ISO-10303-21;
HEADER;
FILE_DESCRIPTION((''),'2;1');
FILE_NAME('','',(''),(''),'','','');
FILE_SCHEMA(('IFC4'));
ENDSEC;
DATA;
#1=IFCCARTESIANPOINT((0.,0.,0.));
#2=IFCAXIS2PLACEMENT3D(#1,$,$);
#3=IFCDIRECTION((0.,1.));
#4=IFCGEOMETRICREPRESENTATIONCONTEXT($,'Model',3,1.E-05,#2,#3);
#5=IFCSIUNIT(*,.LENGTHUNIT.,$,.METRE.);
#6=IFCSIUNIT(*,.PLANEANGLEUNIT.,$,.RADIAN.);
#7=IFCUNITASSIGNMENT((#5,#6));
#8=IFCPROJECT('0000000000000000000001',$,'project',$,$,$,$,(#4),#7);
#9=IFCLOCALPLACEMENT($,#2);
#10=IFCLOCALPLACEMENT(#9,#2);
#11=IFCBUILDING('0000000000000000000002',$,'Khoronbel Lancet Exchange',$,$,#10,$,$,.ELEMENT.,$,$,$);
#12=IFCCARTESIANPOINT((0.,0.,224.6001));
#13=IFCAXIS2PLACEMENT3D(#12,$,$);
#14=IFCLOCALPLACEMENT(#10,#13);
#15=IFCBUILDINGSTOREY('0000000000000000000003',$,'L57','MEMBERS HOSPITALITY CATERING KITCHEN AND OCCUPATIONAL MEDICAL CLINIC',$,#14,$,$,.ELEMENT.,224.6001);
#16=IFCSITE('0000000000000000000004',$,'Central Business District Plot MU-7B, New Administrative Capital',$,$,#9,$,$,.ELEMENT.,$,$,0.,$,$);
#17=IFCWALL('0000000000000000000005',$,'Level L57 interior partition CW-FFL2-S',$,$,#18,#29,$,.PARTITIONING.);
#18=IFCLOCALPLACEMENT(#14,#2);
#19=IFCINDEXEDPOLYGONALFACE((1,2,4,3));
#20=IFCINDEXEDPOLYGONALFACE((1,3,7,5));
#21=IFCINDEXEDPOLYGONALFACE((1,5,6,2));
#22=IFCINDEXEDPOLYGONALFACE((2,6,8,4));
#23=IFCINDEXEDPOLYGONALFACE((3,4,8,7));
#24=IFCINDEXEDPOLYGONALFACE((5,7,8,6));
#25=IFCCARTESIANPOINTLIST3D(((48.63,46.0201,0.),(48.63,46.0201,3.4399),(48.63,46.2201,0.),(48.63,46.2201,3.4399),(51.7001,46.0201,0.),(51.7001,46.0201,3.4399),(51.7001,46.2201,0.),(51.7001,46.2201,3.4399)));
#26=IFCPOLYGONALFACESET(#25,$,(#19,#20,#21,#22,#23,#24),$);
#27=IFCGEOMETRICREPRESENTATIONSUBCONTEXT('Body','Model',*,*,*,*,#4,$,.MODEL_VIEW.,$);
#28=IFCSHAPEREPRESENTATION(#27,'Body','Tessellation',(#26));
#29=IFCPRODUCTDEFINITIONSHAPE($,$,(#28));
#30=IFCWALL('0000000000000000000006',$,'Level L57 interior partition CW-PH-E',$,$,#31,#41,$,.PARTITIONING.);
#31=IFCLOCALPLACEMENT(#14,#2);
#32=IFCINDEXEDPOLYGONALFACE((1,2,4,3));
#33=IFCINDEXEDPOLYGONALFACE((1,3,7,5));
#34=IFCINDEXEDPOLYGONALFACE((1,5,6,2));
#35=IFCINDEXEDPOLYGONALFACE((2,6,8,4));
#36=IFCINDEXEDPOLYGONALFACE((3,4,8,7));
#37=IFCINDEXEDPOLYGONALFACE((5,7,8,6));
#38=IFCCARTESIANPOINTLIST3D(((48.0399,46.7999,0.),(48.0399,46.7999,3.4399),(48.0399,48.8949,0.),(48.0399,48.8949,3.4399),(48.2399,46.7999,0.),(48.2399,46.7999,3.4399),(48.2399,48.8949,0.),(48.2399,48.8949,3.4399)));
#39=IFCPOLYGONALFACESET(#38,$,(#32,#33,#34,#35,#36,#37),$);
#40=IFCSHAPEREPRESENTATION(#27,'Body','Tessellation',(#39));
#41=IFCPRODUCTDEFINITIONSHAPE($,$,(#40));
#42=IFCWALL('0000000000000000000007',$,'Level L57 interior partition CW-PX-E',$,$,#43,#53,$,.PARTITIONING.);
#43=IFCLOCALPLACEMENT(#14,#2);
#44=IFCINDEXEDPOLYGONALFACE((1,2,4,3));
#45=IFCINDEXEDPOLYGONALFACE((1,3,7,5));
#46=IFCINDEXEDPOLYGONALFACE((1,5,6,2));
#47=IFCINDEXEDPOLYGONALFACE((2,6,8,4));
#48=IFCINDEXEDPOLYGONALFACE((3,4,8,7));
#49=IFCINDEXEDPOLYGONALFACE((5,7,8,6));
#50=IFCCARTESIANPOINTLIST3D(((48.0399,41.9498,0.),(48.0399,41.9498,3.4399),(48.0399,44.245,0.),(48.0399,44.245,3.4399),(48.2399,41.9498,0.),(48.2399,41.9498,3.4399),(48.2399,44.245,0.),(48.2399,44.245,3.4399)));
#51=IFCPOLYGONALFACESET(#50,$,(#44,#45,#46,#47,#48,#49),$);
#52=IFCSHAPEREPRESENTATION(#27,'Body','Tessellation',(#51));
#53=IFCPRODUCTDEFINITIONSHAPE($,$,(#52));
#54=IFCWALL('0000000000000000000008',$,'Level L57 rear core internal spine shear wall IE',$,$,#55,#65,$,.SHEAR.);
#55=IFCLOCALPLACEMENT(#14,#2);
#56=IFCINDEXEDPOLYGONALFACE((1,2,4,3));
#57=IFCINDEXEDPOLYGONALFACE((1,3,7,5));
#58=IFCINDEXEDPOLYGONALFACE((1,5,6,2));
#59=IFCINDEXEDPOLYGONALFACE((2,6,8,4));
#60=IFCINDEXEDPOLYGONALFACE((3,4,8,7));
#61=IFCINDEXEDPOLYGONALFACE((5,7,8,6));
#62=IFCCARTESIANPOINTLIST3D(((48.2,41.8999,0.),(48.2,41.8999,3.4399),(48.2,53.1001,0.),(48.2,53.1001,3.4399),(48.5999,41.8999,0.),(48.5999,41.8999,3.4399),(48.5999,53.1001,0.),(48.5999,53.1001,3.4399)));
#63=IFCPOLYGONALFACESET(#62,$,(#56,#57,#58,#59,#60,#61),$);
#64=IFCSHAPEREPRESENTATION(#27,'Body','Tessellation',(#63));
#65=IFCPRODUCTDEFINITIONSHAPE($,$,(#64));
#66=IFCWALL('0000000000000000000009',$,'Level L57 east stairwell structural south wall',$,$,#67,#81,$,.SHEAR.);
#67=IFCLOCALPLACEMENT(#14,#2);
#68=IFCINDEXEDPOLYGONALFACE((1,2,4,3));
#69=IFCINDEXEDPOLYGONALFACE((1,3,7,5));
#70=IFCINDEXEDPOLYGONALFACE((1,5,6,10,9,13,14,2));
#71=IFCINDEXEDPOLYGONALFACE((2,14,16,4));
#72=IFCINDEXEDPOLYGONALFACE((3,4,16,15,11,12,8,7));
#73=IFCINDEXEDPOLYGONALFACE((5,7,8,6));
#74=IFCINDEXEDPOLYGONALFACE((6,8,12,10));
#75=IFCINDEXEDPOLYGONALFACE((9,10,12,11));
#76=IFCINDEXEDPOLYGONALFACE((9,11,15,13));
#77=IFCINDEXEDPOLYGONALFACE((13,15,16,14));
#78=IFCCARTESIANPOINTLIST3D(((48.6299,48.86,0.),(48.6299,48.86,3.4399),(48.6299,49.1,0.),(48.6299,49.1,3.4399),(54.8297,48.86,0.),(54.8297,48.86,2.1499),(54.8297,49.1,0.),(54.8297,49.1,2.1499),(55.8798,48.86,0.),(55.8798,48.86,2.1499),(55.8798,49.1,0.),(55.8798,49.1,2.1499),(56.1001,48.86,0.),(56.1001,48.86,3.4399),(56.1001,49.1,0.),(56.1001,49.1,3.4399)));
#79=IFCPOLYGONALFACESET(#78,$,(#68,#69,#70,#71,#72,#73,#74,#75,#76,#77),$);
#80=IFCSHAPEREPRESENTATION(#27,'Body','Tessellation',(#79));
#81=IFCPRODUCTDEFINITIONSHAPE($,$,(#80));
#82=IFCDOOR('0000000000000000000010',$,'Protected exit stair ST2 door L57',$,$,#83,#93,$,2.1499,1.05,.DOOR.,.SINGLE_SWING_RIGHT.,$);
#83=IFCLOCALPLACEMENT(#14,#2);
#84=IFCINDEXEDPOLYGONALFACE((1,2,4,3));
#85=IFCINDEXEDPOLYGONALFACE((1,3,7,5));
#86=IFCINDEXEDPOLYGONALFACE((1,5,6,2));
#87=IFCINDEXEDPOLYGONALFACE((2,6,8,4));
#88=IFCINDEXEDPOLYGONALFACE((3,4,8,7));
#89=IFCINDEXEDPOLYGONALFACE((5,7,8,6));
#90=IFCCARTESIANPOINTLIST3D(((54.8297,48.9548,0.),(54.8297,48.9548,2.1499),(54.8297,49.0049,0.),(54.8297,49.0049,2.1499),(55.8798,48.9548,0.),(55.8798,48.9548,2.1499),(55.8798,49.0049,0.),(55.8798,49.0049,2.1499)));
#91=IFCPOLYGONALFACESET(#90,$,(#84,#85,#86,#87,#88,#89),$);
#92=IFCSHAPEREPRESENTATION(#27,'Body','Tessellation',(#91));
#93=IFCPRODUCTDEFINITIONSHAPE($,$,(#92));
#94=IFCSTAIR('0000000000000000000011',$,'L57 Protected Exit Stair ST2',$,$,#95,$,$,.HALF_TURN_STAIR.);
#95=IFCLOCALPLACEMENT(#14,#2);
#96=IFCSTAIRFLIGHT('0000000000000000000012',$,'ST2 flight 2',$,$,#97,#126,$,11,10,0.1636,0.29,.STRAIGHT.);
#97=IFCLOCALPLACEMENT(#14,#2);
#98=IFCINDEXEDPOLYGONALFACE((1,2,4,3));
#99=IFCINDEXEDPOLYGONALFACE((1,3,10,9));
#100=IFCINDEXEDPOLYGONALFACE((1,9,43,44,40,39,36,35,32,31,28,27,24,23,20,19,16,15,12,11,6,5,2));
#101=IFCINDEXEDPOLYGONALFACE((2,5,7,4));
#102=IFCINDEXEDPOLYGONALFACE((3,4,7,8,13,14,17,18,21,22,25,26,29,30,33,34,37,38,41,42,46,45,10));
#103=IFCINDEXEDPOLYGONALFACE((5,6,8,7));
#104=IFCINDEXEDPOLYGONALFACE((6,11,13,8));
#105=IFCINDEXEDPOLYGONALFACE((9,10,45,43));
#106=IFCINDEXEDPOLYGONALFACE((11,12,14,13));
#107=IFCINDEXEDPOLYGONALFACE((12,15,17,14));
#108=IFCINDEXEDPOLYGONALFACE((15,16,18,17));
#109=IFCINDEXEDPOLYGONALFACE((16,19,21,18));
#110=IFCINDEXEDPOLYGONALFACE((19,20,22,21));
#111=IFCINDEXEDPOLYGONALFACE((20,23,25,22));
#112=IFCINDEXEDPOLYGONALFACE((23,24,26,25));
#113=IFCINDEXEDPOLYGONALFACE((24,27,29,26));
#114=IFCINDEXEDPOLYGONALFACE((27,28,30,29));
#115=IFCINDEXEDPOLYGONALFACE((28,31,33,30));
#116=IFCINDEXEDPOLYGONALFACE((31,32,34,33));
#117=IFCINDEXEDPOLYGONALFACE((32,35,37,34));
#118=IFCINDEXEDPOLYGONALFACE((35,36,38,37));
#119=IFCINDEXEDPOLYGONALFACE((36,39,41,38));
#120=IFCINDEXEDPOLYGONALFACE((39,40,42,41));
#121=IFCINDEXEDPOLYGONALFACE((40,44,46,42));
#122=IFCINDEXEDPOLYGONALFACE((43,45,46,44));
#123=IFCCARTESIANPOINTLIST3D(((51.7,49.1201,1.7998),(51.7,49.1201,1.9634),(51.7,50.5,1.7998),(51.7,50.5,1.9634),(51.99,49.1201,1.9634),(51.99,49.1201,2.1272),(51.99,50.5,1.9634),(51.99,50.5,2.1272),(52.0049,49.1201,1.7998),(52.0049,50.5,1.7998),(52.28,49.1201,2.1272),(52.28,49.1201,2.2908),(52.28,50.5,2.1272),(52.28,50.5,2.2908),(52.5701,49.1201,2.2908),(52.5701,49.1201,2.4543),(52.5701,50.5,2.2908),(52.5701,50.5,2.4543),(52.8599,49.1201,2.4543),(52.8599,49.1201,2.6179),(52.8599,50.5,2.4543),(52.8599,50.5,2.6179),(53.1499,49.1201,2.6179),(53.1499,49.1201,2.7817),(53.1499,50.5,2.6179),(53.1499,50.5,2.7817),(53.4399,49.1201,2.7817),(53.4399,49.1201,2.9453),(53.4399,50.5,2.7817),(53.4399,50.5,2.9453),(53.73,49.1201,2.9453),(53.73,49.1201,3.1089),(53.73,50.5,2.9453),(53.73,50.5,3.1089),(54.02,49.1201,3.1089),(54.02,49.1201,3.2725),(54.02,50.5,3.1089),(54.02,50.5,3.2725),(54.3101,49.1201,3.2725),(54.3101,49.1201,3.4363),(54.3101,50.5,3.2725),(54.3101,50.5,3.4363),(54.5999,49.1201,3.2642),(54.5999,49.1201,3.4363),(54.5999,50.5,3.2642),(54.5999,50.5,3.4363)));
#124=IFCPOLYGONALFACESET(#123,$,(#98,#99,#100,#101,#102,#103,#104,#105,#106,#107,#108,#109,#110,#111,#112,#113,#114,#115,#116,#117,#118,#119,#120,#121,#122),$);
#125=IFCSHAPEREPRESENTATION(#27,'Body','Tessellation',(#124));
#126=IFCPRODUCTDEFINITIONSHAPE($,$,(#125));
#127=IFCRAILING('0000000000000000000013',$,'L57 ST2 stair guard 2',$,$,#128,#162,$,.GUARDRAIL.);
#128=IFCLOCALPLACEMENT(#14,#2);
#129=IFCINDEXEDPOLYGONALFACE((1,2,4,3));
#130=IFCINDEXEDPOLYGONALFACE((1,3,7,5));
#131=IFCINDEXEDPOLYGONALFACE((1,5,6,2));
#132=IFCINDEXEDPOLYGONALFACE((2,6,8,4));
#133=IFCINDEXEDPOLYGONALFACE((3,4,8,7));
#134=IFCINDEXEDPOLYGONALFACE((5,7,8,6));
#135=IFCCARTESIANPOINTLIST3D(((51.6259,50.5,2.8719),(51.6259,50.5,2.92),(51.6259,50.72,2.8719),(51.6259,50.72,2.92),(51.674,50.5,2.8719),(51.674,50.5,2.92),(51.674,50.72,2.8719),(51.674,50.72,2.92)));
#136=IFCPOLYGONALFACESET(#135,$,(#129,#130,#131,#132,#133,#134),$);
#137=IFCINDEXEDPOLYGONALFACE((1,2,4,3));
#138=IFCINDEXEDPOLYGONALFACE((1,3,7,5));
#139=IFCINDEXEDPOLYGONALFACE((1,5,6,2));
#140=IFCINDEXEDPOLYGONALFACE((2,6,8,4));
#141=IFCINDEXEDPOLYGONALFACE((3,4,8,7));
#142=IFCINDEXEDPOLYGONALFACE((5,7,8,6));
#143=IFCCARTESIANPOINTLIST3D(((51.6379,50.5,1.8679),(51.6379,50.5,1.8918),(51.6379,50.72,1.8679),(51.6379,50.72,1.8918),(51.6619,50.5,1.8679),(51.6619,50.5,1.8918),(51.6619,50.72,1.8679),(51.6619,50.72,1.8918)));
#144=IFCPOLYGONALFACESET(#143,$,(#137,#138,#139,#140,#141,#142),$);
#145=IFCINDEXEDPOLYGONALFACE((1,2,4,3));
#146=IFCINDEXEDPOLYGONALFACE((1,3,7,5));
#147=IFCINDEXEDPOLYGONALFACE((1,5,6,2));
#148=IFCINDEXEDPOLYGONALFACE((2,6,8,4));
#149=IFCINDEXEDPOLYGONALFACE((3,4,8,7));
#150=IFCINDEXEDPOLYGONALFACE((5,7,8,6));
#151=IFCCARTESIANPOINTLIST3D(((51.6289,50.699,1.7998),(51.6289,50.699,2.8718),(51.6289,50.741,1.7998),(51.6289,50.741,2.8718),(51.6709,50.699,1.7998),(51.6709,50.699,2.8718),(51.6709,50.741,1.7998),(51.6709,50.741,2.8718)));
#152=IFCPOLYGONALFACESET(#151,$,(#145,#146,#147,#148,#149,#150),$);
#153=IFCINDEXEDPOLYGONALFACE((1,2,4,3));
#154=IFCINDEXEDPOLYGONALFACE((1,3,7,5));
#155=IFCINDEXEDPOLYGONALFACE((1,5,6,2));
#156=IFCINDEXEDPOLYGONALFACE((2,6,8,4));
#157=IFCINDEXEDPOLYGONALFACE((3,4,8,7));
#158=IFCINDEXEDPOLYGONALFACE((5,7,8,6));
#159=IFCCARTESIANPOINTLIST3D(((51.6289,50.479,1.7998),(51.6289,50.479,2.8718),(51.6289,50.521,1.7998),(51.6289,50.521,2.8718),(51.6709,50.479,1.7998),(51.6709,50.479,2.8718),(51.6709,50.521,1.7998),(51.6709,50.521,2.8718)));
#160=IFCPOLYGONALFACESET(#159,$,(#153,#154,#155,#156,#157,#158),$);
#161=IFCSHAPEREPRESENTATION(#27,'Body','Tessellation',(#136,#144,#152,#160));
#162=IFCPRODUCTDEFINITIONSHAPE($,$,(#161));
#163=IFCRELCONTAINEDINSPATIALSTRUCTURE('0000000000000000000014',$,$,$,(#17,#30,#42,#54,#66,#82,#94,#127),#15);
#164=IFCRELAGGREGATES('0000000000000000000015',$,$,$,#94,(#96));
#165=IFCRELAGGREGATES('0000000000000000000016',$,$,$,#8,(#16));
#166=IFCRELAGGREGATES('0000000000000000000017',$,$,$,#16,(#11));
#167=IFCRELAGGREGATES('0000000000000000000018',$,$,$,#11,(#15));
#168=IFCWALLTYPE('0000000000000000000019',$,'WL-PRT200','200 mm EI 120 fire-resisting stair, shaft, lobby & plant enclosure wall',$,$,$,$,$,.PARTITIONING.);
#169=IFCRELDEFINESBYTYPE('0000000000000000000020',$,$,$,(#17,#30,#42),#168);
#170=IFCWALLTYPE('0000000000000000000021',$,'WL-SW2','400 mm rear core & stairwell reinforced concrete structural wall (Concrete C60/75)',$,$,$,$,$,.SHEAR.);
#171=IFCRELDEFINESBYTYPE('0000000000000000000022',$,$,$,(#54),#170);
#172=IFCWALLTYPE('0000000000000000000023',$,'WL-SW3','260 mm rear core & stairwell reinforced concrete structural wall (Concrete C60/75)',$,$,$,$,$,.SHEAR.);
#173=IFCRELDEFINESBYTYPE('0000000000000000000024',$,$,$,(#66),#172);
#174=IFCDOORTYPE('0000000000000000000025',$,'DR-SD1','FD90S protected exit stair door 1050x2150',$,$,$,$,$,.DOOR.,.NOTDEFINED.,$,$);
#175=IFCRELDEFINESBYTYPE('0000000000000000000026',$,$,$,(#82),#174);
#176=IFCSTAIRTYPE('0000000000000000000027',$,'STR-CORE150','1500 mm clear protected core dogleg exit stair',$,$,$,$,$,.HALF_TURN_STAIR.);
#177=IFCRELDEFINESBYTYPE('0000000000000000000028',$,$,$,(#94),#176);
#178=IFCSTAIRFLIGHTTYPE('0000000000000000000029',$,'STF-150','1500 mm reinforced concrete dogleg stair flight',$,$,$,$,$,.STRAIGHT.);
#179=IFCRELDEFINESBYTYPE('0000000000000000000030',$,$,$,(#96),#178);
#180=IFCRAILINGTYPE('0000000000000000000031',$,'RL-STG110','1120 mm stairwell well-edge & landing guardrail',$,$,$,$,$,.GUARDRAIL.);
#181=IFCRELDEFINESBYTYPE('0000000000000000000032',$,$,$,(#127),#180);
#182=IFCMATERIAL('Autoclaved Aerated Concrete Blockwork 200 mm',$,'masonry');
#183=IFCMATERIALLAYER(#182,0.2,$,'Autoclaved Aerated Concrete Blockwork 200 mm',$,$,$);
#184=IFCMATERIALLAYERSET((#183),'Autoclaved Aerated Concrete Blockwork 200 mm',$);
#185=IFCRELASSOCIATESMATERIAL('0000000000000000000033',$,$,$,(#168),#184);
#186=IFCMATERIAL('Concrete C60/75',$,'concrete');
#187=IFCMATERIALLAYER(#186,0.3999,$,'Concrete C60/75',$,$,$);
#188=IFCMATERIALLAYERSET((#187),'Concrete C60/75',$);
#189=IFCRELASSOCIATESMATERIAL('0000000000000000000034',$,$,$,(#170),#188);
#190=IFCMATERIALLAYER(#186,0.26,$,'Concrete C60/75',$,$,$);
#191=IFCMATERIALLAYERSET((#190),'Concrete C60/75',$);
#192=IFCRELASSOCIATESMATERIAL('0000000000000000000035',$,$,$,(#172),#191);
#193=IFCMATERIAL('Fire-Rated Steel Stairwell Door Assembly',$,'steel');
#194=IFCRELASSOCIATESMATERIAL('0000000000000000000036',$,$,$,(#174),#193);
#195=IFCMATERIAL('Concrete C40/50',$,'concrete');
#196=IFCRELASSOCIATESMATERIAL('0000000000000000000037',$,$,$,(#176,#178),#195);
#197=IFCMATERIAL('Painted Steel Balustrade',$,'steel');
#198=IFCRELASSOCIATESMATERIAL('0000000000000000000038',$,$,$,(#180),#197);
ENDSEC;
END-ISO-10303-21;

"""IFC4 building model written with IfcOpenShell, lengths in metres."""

from ifc_helpers import new_model, si_unit, direction, frame, frame_2d, origin, origin_2d, place, context, subcontext, project, spatial, polyline, rectangle, outline, extrude, material, layer, layer_set, type_object, element, fill, aggregate, save


model = new_model("IFC4")

# Units and contexts
model_context = context("Model", 3, precision=1e-05, world=origin(), true_north=direction((0.0, 1.0)))
body_context = subcontext(model_context, "Body", "Model", "MODEL_VIEW")
ifc_project = project(units=[si_unit("LENGTHUNIT", "METRE"), si_unit("PLANEANGLEUNIT", "RADIAN")], contexts=[model_context])

# Site, building, storey
site_placement = place(None, origin())
site = spatial("IfcSite", under=ifc_project, at=site_placement, Name="Central Business District Plot MU-7B, New Administrative Capital", CompositionType="ELEMENT", RefElevation=0.0)
building_placement = place(site_placement, origin())
building = spatial("IfcBuilding", under=site, at=building_placement, Name="Khoronbel Lancet Exchange", CompositionType="ELEMENT")
storey_placement = place(building_placement, frame((0.0, 0.0, 224.6001)))
storey = spatial("IfcBuildingStorey", under=building, at=storey_placement, Name="L57", Description="MEMBERS HOSPITALITY CATERING KITCHEN AND OCCUPATIONAL MEDICAL CLINIC", CompositionType="ELEMENT", Elevation=224.6001)

# Shared definitions
ifc_material_1 = material(Name="Autoclaved Aerated Concrete Blockwork 200 mm", Category="masonry")
ifc_layer_1 = layer(ifc_material_1, 0.2, Name="Autoclaved Aerated Concrete Blockwork 200 mm")
ifc_layer_set_1 = layer_set([ifc_layer_1], Name="Autoclaved Aerated Concrete Blockwork 200 mm")
wall_type_1 = type_object("IfcWallType", Name="WL-PRT200", Description="200 mm EI 120 fire-resisting stair, shaft, lobby & plant enclosure wall", PredefinedType="PARTITIONING", material=ifc_layer_set_1)

# Walls
wall_1_placement = place(storey_placement, frame((48.6299, 46.1201, 0.0), z_axis=(0.0, 0.0, 1.0), x_axis=(1.0, 0.0, 0.0)))
element("IfcWall", 1, at=wall_1_placement, inside=storey, type_object=wall_type_1, Name="Level L57 interior partition CW-FFL2-S", PredefinedType="PARTITIONING", context=body_context, shape_type="SweptSolid", body=[
    extrude(rectangle(XDim=3.0701, YDim=0.2, at=frame_2d((1.5352, 0.0))), origin(), (0.0, 0.0, 1.0), 3.4399),
])
wall_2_placement = place(storey_placement, frame((48.1399, 46.8, 0.0), z_axis=(0.0, 0.0, 1.0), x_axis=(0.0, 1.0, 0.0)))
element("IfcWall", 2, at=wall_2_placement, inside=storey, type_object=wall_type_1, Name="Level L57 interior partition CW-PH-E", PredefinedType="PARTITIONING", context=body_context, shape_type="SweptSolid", body=[
    extrude(rectangle(XDim=2.095, YDim=0.2, at=frame_2d((1.0474, 0.0))), origin(), (0.0, 0.0, 1.0), 3.4399),
])
wall_3_placement = place(storey_placement, frame((48.1399, 41.95, 0.0), z_axis=(0.0, 0.0, 1.0), x_axis=(0.0, 1.0, 0.0)))
element("IfcWall", 3, at=wall_3_placement, inside=storey, type_object=wall_type_1, Name="Level L57 interior partition CW-PX-E", PredefinedType="PARTITIONING", context=body_context, shape_type="SweptSolid", body=[
    extrude(rectangle(XDim=2.2952, YDim=0.2, at=frame_2d((1.1475, 0.0))), origin(), (0.0, 0.0, 1.0), 3.4399),
])
ifc_material_2 = material(Name="Concrete C60/75", Category="concrete")
ifc_layer_2 = layer(ifc_material_2, 0.3999, Name="Concrete C60/75")
ifc_layer_set_2 = layer_set([ifc_layer_2], Name="Concrete C60/75")
wall_type_2 = type_object("IfcWallType", Name="WL-SW2", Description="400 mm rear core & stairwell reinforced concrete structural wall (Concrete C60/75)", PredefinedType="SHEAR", material=ifc_layer_set_2)
wall_4_placement = place(storey_placement, frame((48.3999, 41.8999, 0.0), z_axis=(0.0, 0.0, 1.0), x_axis=(0.0, 1.0, 0.0)))
element("IfcWall", 4, at=wall_4_placement, inside=storey, type_object=wall_type_2, Name="Level L57 rear core internal spine shear wall IE", PredefinedType="SHEAR", context=body_context, shape_type="SweptSolid", body=[
    extrude(rectangle(XDim=11.2002, YDim=0.3999, at=frame_2d((5.6001, 0.0))), origin(), (0.0, 0.0, 1.0), 3.4399),
])

# Wall, opening, door
ifc_layer_3 = layer(ifc_material_2, 0.26, Name="Concrete C60/75")
ifc_layer_set_3 = layer_set([ifc_layer_3], Name="Concrete C60/75")
wall_type_3 = type_object("IfcWallType", Name="WL-SW3", Description="260 mm rear core & stairwell reinforced concrete structural wall (Concrete C60/75)", PredefinedType="SHEAR", material=ifc_layer_set_3)
wall_5_placement = place(storey_placement, frame((48.6299, 48.98, 0.0), z_axis=(0.0, 0.0, 1.0), x_axis=(1.0, 0.0, 0.0)))
wall_5 = element("IfcWall", 5, at=wall_5_placement, inside=storey, type_object=wall_type_3, Name="Level L57 east stairwell structural south wall", PredefinedType="SHEAR", context=body_context, shape_type="SweptSolid", body=[
    extrude(rectangle(XDim=7.4702, YDim=0.24, at=frame_2d((3.7351, 0.0))), origin(), (0.0, 0.0, 1.0), 3.4399),
])
opening_1_placement = place(wall_5_placement, frame((6.2, 0.0, 0.0)))
opening_1 = element("IfcOpeningElement", 6, at=opening_1_placement, cuts=wall_5, PredefinedType="OPENING", context=body_context, shape_type="SweptSolid", body=[
    extrude(rectangle(XDim=1.05, YDim=2.1499, at=frame_2d((0.5249, 1.075))), frame((0.0, 0.1299, 0.0), z_axis=(0.0, -1.0, 0.0), x_axis=(1.0, 0.0, 0.0)), (0.0, 0.0, 1.0), 0.26),
])
ifc_material_3 = material(Name="Fire-Rated Steel Stairwell Door Assembly", Category="steel")
door_type_1 = type_object("IfcDoorType", Name="DR-SD1", Description="FD90S protected exit stair door 1050x2150", OperationType="NOTDEFINED", PredefinedType="DOOR", material=ifc_material_3)
door_1_placement = place(opening_1_placement, origin())
door_1 = element("IfcDoor", 7, at=door_1_placement, inside=storey, type_object=door_type_1, Name="Protected exit stair ST2 door L57", OperationType="SINGLE_SWING_RIGHT", OverallHeight=2.1499, OverallWidth=1.05, PredefinedType="DOOR", context=body_context, shape_type="SweptSolid", body=[
    extrude(rectangle(XDim=1.05, YDim=2.1499, at=frame_2d((0.5249, 1.075))), frame((0.0, 0.0249, 0.0), z_axis=(0.0, -1.0, 0.0), x_axis=(1.0, 0.0, 0.0)), (0.0, 0.0, 1.0), 0.05),
])
fill(opening_1, door_1)

# Stair, stair flight
ifc_material_4 = material(Name="Concrete C40/50", Category="concrete")
stair_type = type_object("IfcStairType", Name="STR-CORE150", Description="1500 mm clear protected core dogleg exit stair", PredefinedType="HALF_TURN_STAIR", material=ifc_material_4)
stair_placement = place(storey_placement, origin())
stair = element("IfcStair", 8, at=stair_placement, inside=storey, type_object=stair_type, Name="L57 Protected Exit Stair ST2", PredefinedType="HALF_TURN_STAIR")
stair_flight_type = type_object("IfcStairFlightType", Name="STF-150", Description="1500 mm reinforced concrete dogleg stair flight", PredefinedType="STRAIGHT", material=ifc_material_4)
stair_flight_placement = place(storey_placement, frame((51.7, 49.8101, 1.7998), z_axis=(0.0, 0.0, 1.0), x_axis=(1.0, 0.0, 0.0)))
stair_flight = element("IfcStairFlight", 9, at=stair_flight_placement, type_object=stair_flight_type, Name="ST2 flight 2", NumberOfRisers=11, NumberOfTreads=10, PredefinedType="STRAIGHT", RiserHeight=0.1636, TreadLength=0.29, context=body_context, shape_type="SweptSolid", body=[
    extrude(outline(polyline([(0.0, 0.0), (0.0, 0.1636), (0.29, 0.1636), (0.29, 0.3274), (0.5801, 0.3274), (0.5801, 0.491), (0.8701, 0.491), (0.8701, 0.6545), (1.1599, 0.6545), (1.1599, 0.8181), (1.45, 0.8181), (1.45, 0.9819), (1.74, 0.9819), (1.74, 1.1455), (2.03, 1.1455), (2.03, 1.3091), (2.3201, 1.3091), (2.3201, 1.4727), (2.6101, 1.4727), (2.6101, 1.6365), (2.8999, 1.6365), (2.8999, 1.8), (2.8999, 1.4644), (0.3049, 0.0), (0.0, 0.0)])), frame((0.0, 0.6899, 0.0), z_axis=(0.0, -1.0, 0.0), x_axis=(1.0, 0.0, 0.0)), (0.0, 0.0, 1.0), 1.3799),
])
aggregate(stair, [stair_flight])

# Railing
ifc_material_5 = material(Name="Painted Steel Balustrade", Category="steel")
railing_type_1 = type_object("IfcRailingType", Name="RL-STG110", Description="1120 mm stairwell well-edge & landing guardrail", PredefinedType="GUARDRAIL", material=ifc_material_5)
railing_1_placement = place(storey_placement, frame((51.6499, 50.72, 1.7998)))
element("IfcRailing", 10, at=railing_1_placement, inside=storey, type_object=railing_type_1, Name="L57 ST2 stair guard 2", PredefinedType="GUARDRAIL", context=body_context, shape_type="SweptSolid", body=[
    extrude(rectangle(XDim=0.0481, YDim=0.0481, at=origin_2d()), frame((0.0, 0.0, 1.0962), z_axis=(0.0, -1.0, 0.0), x_axis=(1.0, 0.0, 0.0)), (0.0, 0.0, 1.0), 0.22),
    extrude(rectangle(XDim=0.0239, YDim=0.0239, at=origin_2d()), frame((0.0, 0.0, 0.0801), z_axis=(0.0, -1.0, 0.0), x_axis=(1.0, 0.0, 0.0)), (0.0, 0.0, 1.0), 0.22),
    extrude(rectangle(XDim=0.042, YDim=0.042, at=origin_2d()), origin(), (0.0, 0.0, 1.0), 1.072),
    extrude(rectangle(XDim=0.042, YDim=0.042, at=origin_2d()), frame((0.0, -0.22, 0.0)), (0.0, 0.0, 1.0), 1.072),
])

save(model, "model.ifc")
